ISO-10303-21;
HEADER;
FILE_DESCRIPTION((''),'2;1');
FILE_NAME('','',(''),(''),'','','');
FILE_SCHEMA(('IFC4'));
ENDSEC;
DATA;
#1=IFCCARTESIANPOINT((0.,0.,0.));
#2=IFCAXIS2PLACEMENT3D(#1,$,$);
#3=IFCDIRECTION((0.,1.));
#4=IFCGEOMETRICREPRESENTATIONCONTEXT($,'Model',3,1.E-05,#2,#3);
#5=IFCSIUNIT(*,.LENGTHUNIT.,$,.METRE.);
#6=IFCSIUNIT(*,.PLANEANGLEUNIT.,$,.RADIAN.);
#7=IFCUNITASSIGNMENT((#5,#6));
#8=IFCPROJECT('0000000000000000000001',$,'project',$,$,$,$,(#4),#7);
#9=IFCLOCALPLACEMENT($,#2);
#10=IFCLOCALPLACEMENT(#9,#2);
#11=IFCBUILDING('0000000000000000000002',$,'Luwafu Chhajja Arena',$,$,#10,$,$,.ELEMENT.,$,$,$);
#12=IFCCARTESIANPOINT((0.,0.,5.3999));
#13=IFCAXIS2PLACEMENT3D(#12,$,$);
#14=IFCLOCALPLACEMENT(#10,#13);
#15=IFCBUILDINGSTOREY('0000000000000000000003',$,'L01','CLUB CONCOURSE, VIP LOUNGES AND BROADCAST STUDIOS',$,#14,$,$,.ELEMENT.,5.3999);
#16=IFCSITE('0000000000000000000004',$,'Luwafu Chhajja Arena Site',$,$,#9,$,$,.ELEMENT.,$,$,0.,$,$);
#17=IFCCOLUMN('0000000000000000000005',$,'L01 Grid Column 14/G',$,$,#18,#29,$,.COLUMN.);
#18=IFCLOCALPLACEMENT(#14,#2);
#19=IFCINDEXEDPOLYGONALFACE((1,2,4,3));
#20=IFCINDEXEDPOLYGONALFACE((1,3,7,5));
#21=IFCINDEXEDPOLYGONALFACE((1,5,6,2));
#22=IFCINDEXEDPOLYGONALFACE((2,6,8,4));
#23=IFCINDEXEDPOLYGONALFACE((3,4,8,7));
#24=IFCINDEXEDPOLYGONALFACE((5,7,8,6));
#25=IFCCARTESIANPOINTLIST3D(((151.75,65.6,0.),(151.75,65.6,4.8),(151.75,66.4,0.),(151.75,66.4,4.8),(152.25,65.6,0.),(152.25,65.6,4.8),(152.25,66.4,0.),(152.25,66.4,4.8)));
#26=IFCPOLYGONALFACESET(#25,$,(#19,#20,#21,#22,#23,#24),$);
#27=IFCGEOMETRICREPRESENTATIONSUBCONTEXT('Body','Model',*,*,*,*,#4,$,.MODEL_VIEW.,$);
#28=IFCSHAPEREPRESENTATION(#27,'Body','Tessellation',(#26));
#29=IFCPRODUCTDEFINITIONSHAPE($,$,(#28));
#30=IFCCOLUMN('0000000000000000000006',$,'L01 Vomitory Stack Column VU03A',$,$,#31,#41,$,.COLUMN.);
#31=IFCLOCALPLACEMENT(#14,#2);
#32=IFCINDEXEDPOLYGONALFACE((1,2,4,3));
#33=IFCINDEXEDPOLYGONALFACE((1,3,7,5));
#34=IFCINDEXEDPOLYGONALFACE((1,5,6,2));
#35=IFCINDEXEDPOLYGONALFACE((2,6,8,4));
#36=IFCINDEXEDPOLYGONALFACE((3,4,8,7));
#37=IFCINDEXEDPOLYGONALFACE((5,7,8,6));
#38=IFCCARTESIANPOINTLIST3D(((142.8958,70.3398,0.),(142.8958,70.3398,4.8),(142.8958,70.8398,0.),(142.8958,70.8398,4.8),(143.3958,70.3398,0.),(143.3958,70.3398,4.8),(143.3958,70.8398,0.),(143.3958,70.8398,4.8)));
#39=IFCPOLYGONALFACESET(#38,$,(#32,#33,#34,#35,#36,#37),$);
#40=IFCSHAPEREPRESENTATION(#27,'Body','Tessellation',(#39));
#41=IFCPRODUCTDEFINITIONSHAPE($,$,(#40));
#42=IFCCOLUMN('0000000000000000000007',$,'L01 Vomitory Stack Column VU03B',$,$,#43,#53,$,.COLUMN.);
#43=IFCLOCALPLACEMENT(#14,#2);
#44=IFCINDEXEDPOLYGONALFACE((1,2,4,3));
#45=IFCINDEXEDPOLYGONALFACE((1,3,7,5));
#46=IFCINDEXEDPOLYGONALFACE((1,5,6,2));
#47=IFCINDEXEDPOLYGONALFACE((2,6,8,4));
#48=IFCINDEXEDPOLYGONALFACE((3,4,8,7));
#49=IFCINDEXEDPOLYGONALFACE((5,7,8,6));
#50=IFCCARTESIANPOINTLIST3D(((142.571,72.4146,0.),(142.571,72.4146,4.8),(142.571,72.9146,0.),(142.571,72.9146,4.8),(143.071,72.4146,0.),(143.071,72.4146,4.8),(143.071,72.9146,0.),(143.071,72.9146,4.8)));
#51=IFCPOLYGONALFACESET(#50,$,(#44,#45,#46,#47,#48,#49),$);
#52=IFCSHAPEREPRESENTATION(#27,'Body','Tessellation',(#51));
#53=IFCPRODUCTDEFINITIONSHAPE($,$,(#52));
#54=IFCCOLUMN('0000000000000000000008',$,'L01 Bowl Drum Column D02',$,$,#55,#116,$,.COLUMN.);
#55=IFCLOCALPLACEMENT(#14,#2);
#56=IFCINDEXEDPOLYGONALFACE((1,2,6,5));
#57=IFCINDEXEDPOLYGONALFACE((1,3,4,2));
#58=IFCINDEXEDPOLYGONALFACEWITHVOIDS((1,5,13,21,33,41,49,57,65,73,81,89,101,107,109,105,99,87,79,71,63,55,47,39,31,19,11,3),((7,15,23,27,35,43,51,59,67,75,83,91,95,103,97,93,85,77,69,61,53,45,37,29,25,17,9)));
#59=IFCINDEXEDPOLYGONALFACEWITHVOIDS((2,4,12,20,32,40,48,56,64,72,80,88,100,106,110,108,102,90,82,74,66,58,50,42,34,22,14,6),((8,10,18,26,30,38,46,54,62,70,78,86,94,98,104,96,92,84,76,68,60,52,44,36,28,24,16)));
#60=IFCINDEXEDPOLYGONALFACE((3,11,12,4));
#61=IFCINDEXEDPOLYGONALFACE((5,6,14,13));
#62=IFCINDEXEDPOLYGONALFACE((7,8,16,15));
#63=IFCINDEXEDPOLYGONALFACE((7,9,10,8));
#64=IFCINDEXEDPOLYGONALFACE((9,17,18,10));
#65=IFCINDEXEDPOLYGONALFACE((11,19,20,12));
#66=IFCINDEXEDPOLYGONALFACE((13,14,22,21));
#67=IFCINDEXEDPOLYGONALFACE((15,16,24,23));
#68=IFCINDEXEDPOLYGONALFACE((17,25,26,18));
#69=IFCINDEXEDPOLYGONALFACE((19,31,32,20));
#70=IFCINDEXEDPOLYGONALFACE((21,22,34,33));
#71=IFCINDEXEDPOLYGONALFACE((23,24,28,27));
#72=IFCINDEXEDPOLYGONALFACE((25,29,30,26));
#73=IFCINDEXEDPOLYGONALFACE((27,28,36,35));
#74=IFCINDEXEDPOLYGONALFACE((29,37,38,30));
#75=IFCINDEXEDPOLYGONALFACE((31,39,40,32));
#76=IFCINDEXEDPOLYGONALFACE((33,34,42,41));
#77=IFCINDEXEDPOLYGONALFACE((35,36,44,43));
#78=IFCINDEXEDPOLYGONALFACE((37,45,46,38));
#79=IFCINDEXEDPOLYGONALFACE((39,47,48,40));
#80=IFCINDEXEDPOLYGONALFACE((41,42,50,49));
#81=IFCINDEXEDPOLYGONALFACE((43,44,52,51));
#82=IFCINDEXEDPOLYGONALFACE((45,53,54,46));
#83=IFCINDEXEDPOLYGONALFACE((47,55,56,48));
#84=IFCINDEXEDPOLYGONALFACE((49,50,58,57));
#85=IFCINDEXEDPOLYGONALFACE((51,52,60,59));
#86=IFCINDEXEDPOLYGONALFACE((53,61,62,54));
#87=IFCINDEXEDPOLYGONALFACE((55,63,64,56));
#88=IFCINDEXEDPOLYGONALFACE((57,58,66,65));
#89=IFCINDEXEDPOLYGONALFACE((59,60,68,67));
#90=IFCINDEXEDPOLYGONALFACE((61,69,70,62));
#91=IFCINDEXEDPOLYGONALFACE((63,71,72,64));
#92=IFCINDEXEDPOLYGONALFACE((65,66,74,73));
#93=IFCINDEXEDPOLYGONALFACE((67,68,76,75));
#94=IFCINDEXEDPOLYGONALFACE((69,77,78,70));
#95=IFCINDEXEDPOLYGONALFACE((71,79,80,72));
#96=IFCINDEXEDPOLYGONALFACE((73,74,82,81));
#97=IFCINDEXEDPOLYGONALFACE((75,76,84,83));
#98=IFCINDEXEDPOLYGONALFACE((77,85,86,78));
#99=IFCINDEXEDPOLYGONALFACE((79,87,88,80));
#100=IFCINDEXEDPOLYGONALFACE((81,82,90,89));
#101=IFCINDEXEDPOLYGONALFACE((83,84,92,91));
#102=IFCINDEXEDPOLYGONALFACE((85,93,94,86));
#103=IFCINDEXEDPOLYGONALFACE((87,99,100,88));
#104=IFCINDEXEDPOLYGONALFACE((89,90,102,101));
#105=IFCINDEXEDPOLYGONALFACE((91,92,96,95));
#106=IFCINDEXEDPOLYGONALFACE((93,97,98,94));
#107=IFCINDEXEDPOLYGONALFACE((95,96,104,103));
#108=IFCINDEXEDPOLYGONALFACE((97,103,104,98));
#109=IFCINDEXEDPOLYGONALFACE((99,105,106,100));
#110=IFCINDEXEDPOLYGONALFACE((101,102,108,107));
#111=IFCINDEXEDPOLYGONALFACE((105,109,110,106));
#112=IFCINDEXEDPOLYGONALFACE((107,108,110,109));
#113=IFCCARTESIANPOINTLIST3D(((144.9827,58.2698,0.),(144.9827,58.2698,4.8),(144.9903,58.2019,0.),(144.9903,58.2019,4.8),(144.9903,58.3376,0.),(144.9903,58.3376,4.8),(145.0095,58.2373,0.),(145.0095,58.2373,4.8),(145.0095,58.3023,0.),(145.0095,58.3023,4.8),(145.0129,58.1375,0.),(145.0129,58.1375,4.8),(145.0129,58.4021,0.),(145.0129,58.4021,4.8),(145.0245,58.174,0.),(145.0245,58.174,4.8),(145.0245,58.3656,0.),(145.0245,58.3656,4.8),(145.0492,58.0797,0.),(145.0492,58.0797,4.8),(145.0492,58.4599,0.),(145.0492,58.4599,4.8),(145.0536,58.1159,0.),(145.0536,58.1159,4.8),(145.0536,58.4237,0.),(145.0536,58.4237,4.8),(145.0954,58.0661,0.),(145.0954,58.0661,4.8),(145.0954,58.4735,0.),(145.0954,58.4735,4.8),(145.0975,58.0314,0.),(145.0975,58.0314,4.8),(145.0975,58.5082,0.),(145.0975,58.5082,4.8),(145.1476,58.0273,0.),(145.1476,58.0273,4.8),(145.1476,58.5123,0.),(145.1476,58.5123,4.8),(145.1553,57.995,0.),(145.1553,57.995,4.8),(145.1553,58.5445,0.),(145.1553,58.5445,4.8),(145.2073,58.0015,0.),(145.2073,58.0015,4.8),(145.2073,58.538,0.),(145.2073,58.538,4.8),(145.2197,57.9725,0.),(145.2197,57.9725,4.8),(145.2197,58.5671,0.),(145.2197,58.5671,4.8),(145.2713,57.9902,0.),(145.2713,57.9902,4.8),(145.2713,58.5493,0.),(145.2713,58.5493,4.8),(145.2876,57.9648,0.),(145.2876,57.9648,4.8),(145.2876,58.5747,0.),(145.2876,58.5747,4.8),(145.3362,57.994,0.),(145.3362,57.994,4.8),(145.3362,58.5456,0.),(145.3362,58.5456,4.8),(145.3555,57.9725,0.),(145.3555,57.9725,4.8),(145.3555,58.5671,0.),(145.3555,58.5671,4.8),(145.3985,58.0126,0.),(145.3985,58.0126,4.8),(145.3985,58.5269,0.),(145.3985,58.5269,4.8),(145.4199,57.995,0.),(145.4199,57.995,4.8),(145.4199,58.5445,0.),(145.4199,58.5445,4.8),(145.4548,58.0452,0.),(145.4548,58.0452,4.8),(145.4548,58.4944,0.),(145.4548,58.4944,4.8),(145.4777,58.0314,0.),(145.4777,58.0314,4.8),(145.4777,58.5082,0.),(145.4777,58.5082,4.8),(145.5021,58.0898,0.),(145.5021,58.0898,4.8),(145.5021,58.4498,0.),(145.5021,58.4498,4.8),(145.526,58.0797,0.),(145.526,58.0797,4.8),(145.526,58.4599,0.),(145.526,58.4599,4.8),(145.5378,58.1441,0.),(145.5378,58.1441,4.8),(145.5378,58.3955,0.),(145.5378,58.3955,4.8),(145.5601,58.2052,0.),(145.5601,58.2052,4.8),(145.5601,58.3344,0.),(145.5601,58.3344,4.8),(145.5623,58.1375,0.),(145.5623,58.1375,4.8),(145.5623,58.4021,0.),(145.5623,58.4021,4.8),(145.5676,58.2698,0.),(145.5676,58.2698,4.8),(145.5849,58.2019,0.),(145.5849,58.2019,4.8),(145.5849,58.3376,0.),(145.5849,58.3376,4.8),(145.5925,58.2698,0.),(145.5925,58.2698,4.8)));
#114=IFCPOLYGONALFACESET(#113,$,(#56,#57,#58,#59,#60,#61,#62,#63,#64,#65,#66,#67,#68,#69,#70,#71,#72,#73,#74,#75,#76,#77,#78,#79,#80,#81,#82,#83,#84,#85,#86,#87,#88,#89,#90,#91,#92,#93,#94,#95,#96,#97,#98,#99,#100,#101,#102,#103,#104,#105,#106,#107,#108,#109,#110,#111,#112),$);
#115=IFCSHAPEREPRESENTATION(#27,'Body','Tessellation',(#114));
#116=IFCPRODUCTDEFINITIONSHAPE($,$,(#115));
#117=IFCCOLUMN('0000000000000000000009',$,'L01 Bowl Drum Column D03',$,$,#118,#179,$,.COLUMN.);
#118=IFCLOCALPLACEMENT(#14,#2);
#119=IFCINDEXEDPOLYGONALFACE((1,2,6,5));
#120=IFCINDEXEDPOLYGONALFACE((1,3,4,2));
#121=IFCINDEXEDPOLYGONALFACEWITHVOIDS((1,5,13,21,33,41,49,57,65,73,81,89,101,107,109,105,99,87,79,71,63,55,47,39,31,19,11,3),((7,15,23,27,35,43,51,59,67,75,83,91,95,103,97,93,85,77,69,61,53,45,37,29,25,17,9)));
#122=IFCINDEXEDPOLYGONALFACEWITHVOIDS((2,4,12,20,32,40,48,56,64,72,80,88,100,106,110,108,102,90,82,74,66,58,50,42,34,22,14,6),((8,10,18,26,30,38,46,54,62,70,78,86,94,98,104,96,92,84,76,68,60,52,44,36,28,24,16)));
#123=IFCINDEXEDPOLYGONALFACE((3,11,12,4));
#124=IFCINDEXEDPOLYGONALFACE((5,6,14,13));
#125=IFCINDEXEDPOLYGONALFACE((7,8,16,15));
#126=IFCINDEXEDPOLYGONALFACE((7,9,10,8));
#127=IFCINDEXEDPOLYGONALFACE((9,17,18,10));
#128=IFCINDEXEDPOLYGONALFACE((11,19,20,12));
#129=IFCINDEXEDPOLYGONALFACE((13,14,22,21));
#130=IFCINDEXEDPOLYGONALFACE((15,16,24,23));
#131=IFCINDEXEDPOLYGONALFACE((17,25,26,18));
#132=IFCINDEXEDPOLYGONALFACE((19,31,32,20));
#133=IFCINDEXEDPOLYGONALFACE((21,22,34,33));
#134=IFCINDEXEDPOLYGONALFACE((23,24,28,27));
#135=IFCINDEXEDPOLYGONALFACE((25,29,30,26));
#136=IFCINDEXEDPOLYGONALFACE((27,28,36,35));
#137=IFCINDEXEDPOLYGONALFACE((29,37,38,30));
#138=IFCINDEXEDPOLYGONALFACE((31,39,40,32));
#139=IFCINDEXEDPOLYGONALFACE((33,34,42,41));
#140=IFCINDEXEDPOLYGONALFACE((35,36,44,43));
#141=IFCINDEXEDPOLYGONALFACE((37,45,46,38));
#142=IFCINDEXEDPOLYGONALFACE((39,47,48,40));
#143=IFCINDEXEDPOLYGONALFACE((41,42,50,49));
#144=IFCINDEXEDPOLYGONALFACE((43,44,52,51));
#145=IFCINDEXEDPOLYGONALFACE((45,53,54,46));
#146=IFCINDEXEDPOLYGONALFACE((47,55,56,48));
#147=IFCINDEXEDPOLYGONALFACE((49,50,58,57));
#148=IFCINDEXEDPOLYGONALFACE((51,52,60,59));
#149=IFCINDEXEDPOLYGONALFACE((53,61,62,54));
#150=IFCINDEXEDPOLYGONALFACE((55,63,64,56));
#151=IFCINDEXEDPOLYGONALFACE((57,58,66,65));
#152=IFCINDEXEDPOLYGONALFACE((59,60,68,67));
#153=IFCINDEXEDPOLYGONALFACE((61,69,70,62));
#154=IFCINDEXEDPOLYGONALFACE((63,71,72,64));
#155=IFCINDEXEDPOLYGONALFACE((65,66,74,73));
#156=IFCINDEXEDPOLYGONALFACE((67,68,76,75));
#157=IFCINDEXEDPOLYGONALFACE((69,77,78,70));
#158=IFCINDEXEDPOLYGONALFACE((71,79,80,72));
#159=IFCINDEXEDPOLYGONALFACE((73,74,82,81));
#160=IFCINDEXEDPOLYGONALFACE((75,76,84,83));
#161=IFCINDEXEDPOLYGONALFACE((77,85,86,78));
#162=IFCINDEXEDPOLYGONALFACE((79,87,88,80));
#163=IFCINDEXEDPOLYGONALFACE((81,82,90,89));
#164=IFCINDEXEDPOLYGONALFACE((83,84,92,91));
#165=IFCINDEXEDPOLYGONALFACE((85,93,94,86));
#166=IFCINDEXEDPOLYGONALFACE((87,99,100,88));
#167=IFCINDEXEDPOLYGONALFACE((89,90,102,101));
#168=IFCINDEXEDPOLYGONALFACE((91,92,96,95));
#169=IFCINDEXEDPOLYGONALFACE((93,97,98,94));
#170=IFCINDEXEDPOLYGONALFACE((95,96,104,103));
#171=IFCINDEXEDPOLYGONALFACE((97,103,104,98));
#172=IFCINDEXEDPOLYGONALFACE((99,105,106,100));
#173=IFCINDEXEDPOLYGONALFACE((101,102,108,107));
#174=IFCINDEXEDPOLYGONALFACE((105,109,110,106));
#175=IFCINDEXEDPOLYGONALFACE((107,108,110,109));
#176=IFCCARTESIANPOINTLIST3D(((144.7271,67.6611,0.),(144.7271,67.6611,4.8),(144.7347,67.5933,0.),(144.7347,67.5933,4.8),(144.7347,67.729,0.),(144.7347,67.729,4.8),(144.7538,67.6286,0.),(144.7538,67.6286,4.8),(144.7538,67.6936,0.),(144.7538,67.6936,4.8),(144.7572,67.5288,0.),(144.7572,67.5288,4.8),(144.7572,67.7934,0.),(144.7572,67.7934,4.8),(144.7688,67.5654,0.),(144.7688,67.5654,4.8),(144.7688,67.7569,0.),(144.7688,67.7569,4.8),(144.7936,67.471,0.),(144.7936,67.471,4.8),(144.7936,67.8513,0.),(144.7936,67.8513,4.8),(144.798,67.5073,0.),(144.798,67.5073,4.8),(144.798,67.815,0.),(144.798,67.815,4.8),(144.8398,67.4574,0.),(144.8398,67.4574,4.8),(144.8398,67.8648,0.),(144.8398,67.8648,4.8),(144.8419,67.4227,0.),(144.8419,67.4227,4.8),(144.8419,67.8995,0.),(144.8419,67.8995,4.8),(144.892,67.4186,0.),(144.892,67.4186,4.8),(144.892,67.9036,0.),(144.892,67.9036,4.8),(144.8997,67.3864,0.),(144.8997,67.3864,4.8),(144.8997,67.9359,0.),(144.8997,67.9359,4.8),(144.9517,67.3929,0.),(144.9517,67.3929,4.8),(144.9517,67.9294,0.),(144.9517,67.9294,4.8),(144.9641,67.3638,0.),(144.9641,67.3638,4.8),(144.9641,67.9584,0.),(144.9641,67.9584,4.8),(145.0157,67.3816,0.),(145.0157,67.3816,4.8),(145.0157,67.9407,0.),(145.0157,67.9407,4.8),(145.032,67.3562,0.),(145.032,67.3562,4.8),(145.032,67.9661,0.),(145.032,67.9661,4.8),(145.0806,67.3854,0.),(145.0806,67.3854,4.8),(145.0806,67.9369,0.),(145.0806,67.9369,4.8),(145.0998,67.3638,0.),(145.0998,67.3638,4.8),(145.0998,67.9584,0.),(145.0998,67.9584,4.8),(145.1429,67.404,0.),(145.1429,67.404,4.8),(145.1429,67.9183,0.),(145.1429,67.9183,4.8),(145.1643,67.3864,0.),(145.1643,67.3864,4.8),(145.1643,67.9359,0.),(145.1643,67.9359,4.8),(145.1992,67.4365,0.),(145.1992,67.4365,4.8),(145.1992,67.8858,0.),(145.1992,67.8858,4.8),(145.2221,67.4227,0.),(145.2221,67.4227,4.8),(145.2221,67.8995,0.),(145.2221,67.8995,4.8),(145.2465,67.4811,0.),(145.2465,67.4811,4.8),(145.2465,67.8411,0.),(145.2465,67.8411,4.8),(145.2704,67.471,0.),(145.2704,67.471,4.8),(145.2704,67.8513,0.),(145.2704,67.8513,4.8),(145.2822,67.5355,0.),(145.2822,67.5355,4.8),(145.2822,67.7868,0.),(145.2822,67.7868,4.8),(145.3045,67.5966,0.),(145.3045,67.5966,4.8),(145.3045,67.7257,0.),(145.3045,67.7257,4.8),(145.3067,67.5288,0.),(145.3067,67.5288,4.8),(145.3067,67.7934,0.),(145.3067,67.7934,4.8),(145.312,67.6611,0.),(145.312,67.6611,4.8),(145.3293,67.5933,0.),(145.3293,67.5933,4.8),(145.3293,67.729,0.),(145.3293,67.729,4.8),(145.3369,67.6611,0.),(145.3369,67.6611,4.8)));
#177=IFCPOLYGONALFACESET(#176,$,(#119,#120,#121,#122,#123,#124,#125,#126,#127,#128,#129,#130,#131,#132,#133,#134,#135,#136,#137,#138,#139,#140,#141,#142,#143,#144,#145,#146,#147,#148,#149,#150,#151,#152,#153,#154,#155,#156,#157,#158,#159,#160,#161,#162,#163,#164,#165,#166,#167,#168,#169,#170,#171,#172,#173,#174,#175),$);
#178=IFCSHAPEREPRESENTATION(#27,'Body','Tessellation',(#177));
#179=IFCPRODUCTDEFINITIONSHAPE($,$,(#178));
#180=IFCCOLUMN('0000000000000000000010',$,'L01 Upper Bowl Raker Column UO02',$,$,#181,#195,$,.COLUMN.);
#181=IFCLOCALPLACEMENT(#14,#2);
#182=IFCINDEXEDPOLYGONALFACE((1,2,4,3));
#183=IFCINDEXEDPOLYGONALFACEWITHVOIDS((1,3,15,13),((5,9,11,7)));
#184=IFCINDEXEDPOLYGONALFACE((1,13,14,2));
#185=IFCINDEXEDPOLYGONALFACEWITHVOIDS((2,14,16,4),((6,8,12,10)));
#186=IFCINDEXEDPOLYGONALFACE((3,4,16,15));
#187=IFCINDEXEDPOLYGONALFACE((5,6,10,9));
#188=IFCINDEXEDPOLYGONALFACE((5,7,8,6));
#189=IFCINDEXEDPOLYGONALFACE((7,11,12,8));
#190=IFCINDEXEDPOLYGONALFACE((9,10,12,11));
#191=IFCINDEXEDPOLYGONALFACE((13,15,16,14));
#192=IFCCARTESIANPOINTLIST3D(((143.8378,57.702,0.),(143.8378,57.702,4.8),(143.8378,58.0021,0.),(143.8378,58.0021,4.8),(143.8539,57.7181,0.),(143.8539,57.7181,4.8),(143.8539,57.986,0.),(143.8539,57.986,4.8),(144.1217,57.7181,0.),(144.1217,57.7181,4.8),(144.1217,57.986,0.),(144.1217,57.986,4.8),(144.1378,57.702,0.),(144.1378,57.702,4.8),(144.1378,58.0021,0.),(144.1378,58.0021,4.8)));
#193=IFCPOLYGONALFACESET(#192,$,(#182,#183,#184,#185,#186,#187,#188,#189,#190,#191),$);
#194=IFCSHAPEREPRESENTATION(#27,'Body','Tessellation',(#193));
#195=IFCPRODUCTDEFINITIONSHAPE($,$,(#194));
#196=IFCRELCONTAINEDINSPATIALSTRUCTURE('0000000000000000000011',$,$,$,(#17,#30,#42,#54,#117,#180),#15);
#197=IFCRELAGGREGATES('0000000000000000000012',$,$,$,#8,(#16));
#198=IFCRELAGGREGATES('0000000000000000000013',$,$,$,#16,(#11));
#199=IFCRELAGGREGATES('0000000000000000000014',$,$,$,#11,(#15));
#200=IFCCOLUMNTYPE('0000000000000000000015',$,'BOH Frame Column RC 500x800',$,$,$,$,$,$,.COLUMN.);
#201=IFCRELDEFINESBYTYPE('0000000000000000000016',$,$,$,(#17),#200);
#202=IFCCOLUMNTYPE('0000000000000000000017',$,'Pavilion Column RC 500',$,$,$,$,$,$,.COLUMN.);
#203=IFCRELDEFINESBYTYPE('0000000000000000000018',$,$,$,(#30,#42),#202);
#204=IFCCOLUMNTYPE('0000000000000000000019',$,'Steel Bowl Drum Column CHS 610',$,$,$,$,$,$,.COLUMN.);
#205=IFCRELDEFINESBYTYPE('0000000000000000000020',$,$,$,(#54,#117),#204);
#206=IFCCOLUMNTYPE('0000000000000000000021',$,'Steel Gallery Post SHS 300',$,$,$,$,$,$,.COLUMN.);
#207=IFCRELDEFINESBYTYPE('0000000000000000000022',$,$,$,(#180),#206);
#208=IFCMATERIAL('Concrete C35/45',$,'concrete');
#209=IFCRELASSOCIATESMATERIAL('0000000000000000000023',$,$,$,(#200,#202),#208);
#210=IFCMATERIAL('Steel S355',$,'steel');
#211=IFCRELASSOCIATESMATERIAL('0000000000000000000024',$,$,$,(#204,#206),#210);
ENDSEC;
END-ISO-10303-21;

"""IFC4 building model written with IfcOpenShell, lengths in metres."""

from ifc_helpers import new_model, si_unit, direction, frame, origin, origin_2d, place, context, subcontext, project, spatial, rectangle, hollow_rectangle, hollow_circle, extrude, material, material_profile, profile_set, type_object, element, save


model = new_model("IFC4")

# Units and contexts
model_context = context("Model", 3, precision=1e-05, world=origin(), true_north=direction((0.0, 1.0)))
body_context = subcontext(model_context, "Body", "Model", "MODEL_VIEW")
ifc_project = project(units=[si_unit("LENGTHUNIT", "METRE"), si_unit("PLANEANGLEUNIT", "RADIAN")], contexts=[model_context])

# Site, building, storey
site_placement = place(None, origin())
site = spatial("IfcSite", under=ifc_project, at=site_placement, Name="Luwafu Chhajja Arena Site", CompositionType="ELEMENT", RefElevation=0.0)
building_placement = place(site_placement, origin())
building = spatial("IfcBuilding", under=site, at=building_placement, Name="Luwafu Chhajja Arena", CompositionType="ELEMENT")
storey_placement = place(building_placement, frame((0.0, 0.0, 5.3999)))
storey = spatial("IfcBuildingStorey", under=building, at=storey_placement, Name="L01", Description="CLUB CONCOURSE, VIP LOUNGES AND BROADCAST STUDIOS", CompositionType="ELEMENT", Elevation=5.3999)

# Columns
ifc_material_1 = material(Name="Concrete C35/45", Category="concrete")
ifc_material_profile_1 = material_profile(ifc_material_1, rectangle(XDim=0.5, YDim=0.8, at=origin_2d()), Name="RC 500x800")
ifc_profile_set_1 = profile_set([ifc_material_profile_1], Name="Concrete C35/45")
column_type_1 = type_object("IfcColumnType", Name="BOH Frame Column RC 500x800", PredefinedType="COLUMN", material=ifc_profile_set_1)
column_1_placement = place(storey_placement, frame((152.0, 66.0, 0.0), z_axis=(0.0, 0.0, 1.0), x_axis=(1.0, 0.0, 0.0)))
element("IfcColumn", 1, at=column_1_placement, inside=storey, type_object=column_type_1, Name="L01 Grid Column 14/G", PredefinedType="COLUMN", context=body_context, shape_type="SweptSolid", body=[
    extrude(rectangle(XDim=0.5, YDim=0.8, at=origin_2d()), origin(), (0.0, 0.0, 1.0), 4.8),
])
ifc_material_profile_2 = material_profile(ifc_material_1, rectangle(XDim=0.5, YDim=0.5, at=origin_2d()), Name="RC 500x500")
ifc_profile_set_2 = profile_set([ifc_material_profile_2], Name="Concrete C35/45")
column_type_2 = type_object("IfcColumnType", Name="Pavilion Column RC 500", PredefinedType="COLUMN", material=ifc_profile_set_2)
for number, where, z_axis, x_axis, name in (
    (2, (143.1458, 70.5898, 0.0), (0.0, 0.0, 1.0), (1.0, 0.0, 0.0), "L01 Vomitory Stack Column VU03A"),
    (3, (142.821, 72.6646, 0.0), (0.0, 0.0, 1.0), (1.0, 0.0, 0.0), "L01 Vomitory Stack Column VU03B"),
):
    element("IfcColumn", number, at=place(storey_placement, frame(where, z_axis=z_axis, x_axis=x_axis)), inside=storey, type_object=column_type_2, Name=name, PredefinedType="COLUMN", context=body_context, shape_type="SweptSolid", body=[
        extrude(rectangle(XDim=0.5, YDim=0.5, at=origin_2d()), origin(), (0.0, 0.0, 1.0), 4.8),
    ])
ifc_material_2 = material(Name="Steel S355", Category="steel")
ifc_material_profile_3 = material_profile(ifc_material_2, hollow_circle(Radius=0.3049, WallThickness=0.0249, at=origin_2d()), Name="CHS 610x25")
ifc_profile_set_3 = profile_set([ifc_material_profile_3], Name="Steel S355")
column_type_3 = type_object("IfcColumnType", Name="Steel Bowl Drum Column CHS 610", PredefinedType="COLUMN", material=ifc_profile_set_3)
for number, where, z_axis, x_axis, name in (
    (4, (145.2876, 58.2698, 0.0), (0.0, 0.0, 1.0), (1.0, 0.0, 0.0), "L01 Bowl Drum Column D02"),
    (5, (145.032, 67.6611, 0.0), (0.0, 0.0, 1.0), (1.0, 0.0, 0.0), "L01 Bowl Drum Column D03"),
):
    element("IfcColumn", number, at=place(storey_placement, frame(where, z_axis=z_axis, x_axis=x_axis)), inside=storey, type_object=column_type_3, Name=name, PredefinedType="COLUMN", context=body_context, shape_type="SweptSolid", body=[
        extrude(hollow_circle(Radius=0.3049, WallThickness=0.0249, at=origin_2d()), origin(), (0.0, 0.0, 1.0), 4.8),
    ])
ifc_material_profile_4 = material_profile(ifc_material_2, hollow_rectangle(XDim=0.3, YDim=0.3, WallThickness=0.0161, at=origin_2d()), Name="SHS 300x300x16")
ifc_profile_set_4 = profile_set([ifc_material_profile_4], Name="Steel S355")
column_type_4 = type_object("IfcColumnType", Name="Steel Gallery Post SHS 300", PredefinedType="COLUMN", material=ifc_profile_set_4)
for number, where, z_axis, x_axis, name in (
    (6, (143.9878, 57.8521, 0.0), (0.0, 0.0, 1.0), (1.0, 0.0, 0.0), "L01 Upper Bowl Raker Column UO02"),
):
    element("IfcColumn", number, at=place(storey_placement, frame(where, z_axis=z_axis, x_axis=x_axis)), inside=storey, type_object=column_type_4, Name=name, PredefinedType="COLUMN", context=body_context, shape_type="SweptSolid", body=[
        extrude(hollow_rectangle(XDim=0.3, YDim=0.3, WallThickness=0.0161, at=origin_2d()), origin(), (0.0, 0.0, 1.0), 4.8),
    ])

save(model, "model.ifc")
